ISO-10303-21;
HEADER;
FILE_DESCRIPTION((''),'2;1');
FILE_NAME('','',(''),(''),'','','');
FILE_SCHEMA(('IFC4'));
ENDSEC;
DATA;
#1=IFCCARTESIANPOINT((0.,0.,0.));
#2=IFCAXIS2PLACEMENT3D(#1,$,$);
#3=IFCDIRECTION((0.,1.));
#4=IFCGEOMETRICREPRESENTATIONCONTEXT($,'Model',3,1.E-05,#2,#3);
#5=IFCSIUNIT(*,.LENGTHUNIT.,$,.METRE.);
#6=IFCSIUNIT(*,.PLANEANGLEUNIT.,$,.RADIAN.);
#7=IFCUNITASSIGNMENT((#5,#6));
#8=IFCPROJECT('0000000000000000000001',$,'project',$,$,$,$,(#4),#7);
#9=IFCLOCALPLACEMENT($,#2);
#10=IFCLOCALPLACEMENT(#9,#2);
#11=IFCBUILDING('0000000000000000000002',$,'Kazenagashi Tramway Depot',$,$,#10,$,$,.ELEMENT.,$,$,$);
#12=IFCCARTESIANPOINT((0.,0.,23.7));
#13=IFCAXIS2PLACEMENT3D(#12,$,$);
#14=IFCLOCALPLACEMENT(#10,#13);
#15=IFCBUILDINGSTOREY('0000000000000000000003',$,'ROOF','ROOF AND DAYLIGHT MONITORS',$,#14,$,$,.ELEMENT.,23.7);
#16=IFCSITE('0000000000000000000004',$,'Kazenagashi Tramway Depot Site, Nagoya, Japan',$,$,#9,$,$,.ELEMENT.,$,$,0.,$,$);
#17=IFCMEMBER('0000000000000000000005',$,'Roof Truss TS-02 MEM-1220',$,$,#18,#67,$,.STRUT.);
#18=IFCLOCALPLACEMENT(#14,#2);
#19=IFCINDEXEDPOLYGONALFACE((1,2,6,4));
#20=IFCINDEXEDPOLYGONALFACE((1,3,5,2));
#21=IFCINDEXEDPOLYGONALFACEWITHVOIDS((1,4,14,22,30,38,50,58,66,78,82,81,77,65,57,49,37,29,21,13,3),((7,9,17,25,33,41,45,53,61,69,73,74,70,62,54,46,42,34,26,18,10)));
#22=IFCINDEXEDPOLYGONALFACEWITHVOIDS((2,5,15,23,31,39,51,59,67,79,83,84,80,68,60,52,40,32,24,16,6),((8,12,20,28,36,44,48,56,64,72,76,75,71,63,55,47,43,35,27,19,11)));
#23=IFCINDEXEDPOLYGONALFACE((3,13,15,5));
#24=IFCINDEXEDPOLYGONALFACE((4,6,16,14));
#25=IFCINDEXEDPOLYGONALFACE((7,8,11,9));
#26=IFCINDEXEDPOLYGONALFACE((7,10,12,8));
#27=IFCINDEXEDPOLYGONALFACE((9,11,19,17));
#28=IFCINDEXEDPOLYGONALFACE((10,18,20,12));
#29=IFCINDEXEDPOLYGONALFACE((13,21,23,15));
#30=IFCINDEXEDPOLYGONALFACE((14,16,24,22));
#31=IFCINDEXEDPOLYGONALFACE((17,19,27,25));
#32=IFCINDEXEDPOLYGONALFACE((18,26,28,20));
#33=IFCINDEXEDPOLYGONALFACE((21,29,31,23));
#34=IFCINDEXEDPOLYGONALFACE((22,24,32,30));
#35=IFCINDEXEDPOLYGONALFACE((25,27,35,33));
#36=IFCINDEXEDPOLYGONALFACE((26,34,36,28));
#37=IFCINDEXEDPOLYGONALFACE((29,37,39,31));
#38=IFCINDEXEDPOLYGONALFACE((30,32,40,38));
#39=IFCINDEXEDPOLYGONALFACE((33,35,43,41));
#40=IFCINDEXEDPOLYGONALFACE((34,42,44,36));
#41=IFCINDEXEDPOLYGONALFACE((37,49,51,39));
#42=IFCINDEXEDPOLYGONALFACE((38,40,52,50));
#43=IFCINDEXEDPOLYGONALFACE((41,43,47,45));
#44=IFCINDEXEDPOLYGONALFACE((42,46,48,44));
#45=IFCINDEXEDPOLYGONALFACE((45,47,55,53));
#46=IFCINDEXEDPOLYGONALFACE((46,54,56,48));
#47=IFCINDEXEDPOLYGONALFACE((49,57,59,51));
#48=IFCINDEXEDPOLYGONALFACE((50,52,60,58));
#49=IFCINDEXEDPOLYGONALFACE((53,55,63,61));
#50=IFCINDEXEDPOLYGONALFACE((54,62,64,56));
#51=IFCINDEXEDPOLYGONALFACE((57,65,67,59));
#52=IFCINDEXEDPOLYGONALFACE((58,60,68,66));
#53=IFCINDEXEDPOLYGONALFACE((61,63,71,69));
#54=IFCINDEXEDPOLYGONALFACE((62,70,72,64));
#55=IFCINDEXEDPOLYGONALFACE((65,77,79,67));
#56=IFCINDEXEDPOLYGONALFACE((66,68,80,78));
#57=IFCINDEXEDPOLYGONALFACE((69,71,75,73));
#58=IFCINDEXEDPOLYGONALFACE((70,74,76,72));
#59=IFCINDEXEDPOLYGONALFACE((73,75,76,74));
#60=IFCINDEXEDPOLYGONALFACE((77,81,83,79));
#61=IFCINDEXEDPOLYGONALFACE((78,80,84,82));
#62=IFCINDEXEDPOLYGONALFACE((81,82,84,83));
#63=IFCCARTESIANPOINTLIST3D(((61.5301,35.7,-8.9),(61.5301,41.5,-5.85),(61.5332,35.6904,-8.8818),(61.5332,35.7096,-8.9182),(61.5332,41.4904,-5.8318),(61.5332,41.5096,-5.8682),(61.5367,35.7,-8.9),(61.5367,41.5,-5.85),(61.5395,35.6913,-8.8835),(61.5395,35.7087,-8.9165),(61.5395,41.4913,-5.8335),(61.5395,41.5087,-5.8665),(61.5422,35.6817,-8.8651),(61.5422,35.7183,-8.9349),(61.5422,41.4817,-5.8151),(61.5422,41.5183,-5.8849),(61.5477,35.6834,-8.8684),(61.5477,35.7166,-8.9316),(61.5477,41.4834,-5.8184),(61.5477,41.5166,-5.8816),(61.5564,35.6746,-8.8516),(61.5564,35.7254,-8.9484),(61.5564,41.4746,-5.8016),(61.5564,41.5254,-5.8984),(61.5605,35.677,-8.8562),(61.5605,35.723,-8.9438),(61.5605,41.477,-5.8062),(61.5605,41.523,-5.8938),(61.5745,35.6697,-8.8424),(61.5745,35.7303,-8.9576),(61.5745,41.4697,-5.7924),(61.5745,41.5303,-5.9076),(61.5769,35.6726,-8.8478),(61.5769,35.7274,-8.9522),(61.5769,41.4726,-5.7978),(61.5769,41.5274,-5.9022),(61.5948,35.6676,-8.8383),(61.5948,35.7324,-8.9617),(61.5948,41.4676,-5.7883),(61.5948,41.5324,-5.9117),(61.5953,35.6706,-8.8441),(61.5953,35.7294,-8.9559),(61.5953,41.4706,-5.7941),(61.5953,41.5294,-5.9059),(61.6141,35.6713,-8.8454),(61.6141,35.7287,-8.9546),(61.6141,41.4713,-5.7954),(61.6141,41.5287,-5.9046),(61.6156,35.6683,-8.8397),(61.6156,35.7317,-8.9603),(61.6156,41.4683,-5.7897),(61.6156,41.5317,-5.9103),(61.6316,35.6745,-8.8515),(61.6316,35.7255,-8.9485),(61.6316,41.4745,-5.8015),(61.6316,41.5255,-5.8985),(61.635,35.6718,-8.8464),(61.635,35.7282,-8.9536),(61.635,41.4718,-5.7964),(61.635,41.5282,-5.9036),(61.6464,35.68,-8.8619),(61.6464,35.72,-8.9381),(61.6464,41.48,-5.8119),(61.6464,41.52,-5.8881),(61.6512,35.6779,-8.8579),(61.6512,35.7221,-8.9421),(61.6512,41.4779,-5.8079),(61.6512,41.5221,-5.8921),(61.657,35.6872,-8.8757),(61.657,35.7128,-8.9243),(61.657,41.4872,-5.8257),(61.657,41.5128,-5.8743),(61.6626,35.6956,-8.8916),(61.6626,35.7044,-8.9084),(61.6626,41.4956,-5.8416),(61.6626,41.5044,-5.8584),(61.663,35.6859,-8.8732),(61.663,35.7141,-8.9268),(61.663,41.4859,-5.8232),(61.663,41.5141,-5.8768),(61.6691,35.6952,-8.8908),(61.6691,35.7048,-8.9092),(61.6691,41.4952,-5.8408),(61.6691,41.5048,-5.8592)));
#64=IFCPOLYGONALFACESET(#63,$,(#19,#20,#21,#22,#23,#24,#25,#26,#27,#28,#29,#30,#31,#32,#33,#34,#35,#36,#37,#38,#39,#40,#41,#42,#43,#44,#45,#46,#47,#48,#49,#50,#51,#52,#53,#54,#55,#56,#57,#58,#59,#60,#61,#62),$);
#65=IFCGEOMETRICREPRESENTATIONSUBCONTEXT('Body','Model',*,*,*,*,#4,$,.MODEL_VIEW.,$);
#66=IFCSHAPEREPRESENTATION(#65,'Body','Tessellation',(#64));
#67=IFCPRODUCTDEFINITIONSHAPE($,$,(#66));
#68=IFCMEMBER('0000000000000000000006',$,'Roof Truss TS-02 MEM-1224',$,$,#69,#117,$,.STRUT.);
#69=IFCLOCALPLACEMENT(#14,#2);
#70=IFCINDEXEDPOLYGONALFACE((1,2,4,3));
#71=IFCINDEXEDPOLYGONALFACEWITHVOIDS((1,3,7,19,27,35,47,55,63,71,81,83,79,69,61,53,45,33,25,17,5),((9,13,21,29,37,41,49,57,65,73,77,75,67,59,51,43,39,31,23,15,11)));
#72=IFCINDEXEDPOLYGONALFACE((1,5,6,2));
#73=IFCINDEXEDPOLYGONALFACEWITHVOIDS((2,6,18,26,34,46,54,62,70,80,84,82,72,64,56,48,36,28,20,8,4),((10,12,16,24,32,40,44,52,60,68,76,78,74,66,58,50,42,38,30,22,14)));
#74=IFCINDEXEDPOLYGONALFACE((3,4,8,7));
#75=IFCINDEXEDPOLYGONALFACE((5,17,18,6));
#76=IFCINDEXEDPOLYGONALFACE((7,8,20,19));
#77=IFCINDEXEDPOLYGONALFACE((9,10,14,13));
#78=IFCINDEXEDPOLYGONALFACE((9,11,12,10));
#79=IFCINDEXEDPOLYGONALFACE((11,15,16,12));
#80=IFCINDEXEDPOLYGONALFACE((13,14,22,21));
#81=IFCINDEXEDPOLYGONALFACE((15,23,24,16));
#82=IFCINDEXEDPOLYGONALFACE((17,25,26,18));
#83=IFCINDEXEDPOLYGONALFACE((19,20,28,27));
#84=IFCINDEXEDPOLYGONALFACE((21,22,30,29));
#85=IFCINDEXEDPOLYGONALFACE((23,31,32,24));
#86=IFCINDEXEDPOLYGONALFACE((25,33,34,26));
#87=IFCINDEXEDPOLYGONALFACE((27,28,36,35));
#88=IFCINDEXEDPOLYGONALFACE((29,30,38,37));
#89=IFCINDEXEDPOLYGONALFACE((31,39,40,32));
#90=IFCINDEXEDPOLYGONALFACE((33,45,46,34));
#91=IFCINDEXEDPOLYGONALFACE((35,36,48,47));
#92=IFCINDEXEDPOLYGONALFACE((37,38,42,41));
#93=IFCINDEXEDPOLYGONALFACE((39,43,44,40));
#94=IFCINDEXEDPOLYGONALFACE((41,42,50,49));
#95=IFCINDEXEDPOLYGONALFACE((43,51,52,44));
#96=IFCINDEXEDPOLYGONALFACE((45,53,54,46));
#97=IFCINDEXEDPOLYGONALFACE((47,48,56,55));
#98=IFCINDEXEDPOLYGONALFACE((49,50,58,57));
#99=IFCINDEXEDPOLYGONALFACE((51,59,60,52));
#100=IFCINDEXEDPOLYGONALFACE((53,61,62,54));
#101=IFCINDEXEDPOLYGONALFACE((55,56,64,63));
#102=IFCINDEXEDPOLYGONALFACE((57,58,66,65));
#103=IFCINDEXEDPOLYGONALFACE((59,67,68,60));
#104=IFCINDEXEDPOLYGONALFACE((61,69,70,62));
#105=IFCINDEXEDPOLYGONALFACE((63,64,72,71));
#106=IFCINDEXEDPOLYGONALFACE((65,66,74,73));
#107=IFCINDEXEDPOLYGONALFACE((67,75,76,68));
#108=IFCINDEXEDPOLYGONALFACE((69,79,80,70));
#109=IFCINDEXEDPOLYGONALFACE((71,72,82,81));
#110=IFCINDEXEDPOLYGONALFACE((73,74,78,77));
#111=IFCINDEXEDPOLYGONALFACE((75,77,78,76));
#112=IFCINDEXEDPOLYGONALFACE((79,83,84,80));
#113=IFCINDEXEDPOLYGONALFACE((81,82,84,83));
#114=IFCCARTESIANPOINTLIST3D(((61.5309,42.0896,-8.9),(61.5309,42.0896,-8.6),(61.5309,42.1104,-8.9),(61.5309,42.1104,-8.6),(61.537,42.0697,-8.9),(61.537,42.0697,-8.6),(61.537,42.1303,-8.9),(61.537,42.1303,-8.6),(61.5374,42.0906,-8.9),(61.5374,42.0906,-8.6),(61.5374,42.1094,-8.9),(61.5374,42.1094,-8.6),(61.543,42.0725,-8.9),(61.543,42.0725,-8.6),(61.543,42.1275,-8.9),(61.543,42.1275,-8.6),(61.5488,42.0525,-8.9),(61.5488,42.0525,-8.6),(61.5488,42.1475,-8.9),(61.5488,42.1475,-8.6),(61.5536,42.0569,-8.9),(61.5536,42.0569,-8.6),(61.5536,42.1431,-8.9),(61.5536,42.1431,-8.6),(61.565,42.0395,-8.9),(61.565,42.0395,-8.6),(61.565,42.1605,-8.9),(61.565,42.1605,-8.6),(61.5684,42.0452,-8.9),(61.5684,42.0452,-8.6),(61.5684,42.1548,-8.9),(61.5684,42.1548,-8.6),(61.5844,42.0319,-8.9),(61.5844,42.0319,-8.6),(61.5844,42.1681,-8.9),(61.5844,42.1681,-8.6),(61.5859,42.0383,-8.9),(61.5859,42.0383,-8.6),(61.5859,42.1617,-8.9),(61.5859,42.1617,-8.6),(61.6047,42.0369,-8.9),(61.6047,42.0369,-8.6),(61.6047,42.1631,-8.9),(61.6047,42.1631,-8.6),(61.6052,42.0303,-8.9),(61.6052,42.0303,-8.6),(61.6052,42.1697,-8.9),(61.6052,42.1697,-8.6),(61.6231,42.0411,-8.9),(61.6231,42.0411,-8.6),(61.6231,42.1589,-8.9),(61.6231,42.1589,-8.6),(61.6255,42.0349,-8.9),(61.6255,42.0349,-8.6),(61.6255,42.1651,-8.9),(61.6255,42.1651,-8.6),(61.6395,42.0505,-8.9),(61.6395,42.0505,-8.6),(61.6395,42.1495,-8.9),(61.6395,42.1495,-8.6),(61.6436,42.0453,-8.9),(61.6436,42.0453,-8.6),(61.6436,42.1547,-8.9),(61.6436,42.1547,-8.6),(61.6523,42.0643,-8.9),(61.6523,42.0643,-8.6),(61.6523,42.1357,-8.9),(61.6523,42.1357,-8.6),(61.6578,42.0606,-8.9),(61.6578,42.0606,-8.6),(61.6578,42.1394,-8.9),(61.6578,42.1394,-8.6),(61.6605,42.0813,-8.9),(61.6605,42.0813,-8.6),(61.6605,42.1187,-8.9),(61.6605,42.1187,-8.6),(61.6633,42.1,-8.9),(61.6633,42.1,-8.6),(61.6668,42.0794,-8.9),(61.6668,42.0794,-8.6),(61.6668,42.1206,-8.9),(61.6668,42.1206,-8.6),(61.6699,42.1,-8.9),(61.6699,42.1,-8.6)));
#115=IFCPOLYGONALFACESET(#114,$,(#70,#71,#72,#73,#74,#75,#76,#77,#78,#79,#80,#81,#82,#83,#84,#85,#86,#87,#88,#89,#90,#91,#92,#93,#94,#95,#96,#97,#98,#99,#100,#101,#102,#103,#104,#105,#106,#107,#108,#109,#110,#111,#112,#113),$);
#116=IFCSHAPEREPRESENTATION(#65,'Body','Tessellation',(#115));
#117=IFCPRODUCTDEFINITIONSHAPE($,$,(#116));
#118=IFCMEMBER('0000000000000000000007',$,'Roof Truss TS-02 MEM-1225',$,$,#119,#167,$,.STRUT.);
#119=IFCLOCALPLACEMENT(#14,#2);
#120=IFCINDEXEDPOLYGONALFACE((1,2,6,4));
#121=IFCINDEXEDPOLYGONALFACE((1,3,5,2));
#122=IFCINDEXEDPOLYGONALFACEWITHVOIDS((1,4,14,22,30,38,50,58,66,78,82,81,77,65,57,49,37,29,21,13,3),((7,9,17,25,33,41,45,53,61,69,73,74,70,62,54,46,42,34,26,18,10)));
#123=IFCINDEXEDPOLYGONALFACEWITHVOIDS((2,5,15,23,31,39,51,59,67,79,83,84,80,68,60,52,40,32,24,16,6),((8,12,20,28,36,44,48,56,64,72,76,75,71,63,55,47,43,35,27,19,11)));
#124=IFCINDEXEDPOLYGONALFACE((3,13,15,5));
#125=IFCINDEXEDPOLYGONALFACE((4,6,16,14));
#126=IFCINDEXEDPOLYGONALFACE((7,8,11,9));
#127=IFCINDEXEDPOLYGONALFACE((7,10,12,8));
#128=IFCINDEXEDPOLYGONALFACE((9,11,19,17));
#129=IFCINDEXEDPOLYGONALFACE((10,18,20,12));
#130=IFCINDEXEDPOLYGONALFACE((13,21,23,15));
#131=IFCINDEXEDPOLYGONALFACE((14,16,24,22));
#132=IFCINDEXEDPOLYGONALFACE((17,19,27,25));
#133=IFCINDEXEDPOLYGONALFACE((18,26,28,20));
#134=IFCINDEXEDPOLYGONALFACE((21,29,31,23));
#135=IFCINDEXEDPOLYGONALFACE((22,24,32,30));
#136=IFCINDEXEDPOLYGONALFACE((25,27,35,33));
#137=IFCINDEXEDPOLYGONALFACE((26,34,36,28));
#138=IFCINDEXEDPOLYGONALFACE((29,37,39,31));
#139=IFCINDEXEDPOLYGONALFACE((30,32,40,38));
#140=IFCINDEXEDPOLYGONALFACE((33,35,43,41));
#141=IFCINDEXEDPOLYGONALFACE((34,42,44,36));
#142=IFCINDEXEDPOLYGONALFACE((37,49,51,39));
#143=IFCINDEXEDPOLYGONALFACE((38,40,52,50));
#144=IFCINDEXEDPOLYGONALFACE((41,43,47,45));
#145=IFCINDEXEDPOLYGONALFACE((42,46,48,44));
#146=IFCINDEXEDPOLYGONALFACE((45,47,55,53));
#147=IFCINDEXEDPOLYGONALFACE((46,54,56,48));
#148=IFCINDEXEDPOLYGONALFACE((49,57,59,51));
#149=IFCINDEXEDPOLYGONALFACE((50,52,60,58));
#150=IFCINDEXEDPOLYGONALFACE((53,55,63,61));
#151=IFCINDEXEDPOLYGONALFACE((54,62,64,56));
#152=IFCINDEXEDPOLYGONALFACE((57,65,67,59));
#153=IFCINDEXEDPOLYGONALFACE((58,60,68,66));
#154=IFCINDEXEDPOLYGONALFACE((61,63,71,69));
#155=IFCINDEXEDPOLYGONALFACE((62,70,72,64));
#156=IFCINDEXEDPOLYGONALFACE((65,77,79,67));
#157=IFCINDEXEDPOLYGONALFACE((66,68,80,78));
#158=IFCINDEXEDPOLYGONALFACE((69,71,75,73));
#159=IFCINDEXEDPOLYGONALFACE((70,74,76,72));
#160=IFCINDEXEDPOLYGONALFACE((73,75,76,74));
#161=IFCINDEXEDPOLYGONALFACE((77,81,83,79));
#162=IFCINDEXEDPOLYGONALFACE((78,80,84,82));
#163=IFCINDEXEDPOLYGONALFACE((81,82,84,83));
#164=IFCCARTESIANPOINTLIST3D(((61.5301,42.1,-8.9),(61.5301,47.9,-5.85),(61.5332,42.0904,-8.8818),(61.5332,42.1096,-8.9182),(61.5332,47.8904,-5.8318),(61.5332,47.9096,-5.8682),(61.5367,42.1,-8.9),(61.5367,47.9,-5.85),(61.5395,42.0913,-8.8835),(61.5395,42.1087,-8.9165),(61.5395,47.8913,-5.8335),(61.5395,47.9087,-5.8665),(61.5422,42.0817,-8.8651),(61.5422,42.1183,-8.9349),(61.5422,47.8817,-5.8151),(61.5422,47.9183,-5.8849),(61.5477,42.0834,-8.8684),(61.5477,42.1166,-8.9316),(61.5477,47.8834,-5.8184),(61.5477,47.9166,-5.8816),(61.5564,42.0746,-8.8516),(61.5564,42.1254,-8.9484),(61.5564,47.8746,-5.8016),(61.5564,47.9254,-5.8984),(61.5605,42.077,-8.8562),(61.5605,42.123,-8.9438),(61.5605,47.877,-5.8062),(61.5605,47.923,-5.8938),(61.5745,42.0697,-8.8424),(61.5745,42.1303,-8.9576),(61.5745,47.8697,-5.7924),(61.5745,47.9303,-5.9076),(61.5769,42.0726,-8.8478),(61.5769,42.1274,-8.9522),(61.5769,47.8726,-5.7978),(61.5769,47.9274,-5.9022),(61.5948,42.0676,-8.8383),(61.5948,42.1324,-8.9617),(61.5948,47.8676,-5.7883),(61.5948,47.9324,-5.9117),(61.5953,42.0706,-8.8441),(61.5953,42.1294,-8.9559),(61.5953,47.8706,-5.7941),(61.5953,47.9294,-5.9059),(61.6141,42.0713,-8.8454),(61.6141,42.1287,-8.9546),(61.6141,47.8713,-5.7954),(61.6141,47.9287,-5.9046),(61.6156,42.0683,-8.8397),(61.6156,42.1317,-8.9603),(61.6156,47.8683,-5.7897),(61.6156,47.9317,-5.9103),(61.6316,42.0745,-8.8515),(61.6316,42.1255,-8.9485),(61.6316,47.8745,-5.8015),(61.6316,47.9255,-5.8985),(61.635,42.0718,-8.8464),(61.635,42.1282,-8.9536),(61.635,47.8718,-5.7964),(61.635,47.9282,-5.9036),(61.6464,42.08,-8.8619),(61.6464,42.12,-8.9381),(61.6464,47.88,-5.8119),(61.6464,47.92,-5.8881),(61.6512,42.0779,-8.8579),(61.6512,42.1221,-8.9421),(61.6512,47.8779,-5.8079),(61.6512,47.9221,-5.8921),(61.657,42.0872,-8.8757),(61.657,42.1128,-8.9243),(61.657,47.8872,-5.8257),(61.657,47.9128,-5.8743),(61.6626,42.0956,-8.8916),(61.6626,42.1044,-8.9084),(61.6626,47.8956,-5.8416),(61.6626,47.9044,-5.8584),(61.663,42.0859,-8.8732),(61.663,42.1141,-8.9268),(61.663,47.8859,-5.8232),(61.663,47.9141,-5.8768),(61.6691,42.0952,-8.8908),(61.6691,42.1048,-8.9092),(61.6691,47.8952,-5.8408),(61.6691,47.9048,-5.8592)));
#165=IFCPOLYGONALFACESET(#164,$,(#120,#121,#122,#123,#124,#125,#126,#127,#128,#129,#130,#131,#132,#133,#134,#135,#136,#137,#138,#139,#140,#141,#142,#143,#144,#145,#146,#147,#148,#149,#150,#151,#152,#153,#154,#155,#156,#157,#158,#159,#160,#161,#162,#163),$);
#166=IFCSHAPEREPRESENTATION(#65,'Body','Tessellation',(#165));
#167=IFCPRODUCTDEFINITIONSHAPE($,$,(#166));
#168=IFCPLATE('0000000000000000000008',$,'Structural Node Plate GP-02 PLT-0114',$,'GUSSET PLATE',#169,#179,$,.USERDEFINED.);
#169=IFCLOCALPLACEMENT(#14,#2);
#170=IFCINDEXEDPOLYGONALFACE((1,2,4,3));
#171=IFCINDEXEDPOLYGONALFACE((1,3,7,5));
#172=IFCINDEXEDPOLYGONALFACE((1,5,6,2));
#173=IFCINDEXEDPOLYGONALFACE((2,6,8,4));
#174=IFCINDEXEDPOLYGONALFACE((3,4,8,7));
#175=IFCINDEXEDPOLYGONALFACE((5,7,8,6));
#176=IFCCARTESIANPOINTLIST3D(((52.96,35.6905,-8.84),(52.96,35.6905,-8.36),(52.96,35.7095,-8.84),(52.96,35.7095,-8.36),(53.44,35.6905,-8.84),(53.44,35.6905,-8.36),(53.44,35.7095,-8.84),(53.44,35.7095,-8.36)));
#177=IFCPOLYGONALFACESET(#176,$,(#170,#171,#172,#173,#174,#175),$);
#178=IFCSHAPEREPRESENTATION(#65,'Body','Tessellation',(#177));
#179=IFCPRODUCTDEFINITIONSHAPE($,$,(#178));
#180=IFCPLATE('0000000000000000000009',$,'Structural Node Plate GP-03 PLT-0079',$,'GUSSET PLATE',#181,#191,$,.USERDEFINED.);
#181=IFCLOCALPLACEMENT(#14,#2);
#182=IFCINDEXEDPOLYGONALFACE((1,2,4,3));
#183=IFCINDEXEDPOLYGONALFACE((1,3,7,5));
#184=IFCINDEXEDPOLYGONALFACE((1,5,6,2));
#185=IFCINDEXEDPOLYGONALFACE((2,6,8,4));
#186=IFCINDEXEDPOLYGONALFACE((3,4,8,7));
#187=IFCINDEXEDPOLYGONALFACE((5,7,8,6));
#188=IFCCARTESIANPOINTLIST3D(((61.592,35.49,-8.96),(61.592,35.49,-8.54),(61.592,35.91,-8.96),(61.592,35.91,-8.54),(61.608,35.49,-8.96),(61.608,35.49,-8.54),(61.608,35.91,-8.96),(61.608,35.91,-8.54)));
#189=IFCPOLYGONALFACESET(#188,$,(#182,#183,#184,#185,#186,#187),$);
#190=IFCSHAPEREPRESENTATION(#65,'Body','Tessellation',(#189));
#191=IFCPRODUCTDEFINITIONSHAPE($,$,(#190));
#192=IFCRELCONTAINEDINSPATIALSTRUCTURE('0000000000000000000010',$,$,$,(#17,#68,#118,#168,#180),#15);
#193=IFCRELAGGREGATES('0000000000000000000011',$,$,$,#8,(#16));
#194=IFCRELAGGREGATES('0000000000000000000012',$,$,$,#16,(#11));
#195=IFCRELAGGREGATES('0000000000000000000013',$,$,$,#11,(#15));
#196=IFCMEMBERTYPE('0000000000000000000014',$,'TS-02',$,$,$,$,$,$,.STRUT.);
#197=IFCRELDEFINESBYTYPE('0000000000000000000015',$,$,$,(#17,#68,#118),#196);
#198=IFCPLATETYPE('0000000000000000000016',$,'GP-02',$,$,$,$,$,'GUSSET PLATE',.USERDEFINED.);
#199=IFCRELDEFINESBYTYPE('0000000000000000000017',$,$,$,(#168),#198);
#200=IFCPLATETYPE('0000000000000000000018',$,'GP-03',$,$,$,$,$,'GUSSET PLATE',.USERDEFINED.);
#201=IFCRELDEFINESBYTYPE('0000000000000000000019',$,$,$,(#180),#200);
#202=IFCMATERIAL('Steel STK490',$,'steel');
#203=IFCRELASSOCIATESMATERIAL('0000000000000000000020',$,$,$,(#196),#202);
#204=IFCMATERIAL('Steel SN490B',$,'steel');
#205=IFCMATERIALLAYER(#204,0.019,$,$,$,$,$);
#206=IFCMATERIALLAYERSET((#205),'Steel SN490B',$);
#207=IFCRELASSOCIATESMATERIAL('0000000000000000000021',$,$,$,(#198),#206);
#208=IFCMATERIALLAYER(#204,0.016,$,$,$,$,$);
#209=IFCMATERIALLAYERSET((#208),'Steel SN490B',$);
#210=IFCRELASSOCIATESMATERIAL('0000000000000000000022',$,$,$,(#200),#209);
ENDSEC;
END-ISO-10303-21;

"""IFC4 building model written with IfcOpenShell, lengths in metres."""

from ifc_helpers import new_model, si_unit, direction, frame, origin, origin_2d, place, context, subcontext, project, spatial, rectangle, hollow_circle, extrude, material, layer, layer_set, material_profile, profile_set, type_object, element, save


model = new_model("IFC4")

# Units and contexts
model_context = context("Model", 3, precision=1e-05, world=origin(), true_north=direction((0.0, 1.0)))
body_context = subcontext(model_context, "Body", "Model", "MODEL_VIEW")
ifc_project = project(units=[si_unit("LENGTHUNIT", "METRE"), si_unit("PLANEANGLEUNIT", "RADIAN")], contexts=[model_context])

# Site, building, storey
site_placement = place(None, origin())
site = spatial("IfcSite", under=ifc_project, at=site_placement, Name="Kazenagashi Tramway Depot Site, Nagoya, Japan", CompositionType="ELEMENT", RefElevation=0.0)
building_placement = place(site_placement, origin())
building = spatial("IfcBuilding", under=site, at=building_placement, Name="Kazenagashi Tramway Depot", CompositionType="ELEMENT")
storey_placement = place(building_placement, frame((0.0, 0.0, 23.7)))
storey = spatial("IfcBuildingStorey", under=building, at=storey_placement, Name="ROOF", Description="ROOF AND DAYLIGHT MONITORS", CompositionType="ELEMENT", Elevation=23.7)

# Shared definitions
ifc_material_1 = material(Name="Steel SN490B", Category="steel")

# Members
ifc_material_2 = material(Name="Steel STK490", Category="steel")
ifc_material_profile_1 = material_profile(ifc_material_2, hollow_circle(Radius=0.0699, WallThickness=0.0066, at=origin_2d()), Name="CHS-139.8x6.6")
ifc_profile_set_1 = profile_set([ifc_material_profile_1], Name="Steel STK490")
member_type_1 = type_object("IfcMemberType", Name="TS-02", PredefinedType="STRUT", material=ifc_profile_set_1)
member_1_placement = place(storey_placement, frame((61.6, 35.7, -8.9), z_axis=(0.0, 0.885084, 0.465432), x_axis=(-1.0, 0.0, 0.0)))
element("IfcMember", 1, at=member_1_placement, inside=storey, type_object=member_type_1, Name="Roof Truss TS-02 MEM-1220", PredefinedType="STRUT", context=body_context, shape_type="SweptSolid", body=[
    extrude(hollow_circle(Radius=0.0699, WallThickness=0.0066, at=origin_2d()), origin(), (0.0, 0.0, 1.0), 6.5531),
])
member_2_placement = place(storey_placement, frame((61.6, 42.1, -8.9), z_axis=(0.0, 0.0, 1.0), x_axis=(1.0, 0.0, 0.0)))
element("IfcMember", 2, at=member_2_placement, inside=storey, type_object=member_type_1, Name="Roof Truss TS-02 MEM-1224", PredefinedType="STRUT", context=body_context, shape_type="SweptSolid", body=[
    extrude(hollow_circle(Radius=0.0699, WallThickness=0.0066, at=origin_2d()), origin(), (0.0, 0.0, 1.0), 0.3),
])
member_3_placement = place(storey_placement, frame((61.6, 42.1, -8.9), z_axis=(0.0, 0.885084, 0.465432), x_axis=(-1.0, 0.0, 0.0)))
element("IfcMember", 3, at=member_3_placement, inside=storey, type_object=member_type_1, Name="Roof Truss TS-02 MEM-1225", PredefinedType="STRUT", context=body_context, shape_type="SweptSolid", body=[
    extrude(hollow_circle(Radius=0.0699, WallThickness=0.0066, at=origin_2d()), origin(), (0.0, 0.0, 1.0), 6.5531),
])

# Plates
ifc_layer_1 = layer(ifc_material_1, 0.019)
ifc_layer_set_1 = layer_set([ifc_layer_1], Name="Steel SN490B")
plate_type_1 = type_object("IfcPlateType", Name="GP-02", ElementType="GUSSET PLATE", PredefinedType="USERDEFINED", material=ifc_layer_set_1)
plate_1_placement = place(storey_placement, frame((53.2, 35.7, -8.84), z_axis=(0.0, 0.0, 1.0), x_axis=(1.0, 0.0, 0.0)))
element("IfcPlate", 4, at=plate_1_placement, inside=storey, type_object=plate_type_1, Name="Structural Node Plate GP-02 PLT-0114", ObjectType="GUSSET PLATE", PredefinedType="USERDEFINED", context=body_context, shape_type="SweptSolid", body=[
    extrude(rectangle(XDim=0.48, YDim=0.019, at=origin_2d()), origin(), (0.0, 0.0, 1.0), 0.48),
])
ifc_layer_2 = layer(ifc_material_1, 0.016)
ifc_layer_set_2 = layer_set([ifc_layer_2], Name="Steel SN490B")
plate_type_2 = type_object("IfcPlateType", Name="GP-03", ElementType="GUSSET PLATE", PredefinedType="USERDEFINED", material=ifc_layer_set_2)
plate_2_placement = place(storey_placement, frame((61.6, 35.7, -8.96), z_axis=(0.0, 0.0, 1.0), x_axis=(0.0, 1.0, 0.0)))
element("IfcPlate", 5, at=plate_2_placement, inside=storey, type_object=plate_type_2, Name="Structural Node Plate GP-03 PLT-0079", ObjectType="GUSSET PLATE", PredefinedType="USERDEFINED", context=body_context, shape_type="SweptSolid", body=[
    extrude(rectangle(XDim=0.42, YDim=0.016, at=origin_2d()), origin(), (0.0, 0.0, 1.0), 0.42),
])

save(model, "model.ifc")
